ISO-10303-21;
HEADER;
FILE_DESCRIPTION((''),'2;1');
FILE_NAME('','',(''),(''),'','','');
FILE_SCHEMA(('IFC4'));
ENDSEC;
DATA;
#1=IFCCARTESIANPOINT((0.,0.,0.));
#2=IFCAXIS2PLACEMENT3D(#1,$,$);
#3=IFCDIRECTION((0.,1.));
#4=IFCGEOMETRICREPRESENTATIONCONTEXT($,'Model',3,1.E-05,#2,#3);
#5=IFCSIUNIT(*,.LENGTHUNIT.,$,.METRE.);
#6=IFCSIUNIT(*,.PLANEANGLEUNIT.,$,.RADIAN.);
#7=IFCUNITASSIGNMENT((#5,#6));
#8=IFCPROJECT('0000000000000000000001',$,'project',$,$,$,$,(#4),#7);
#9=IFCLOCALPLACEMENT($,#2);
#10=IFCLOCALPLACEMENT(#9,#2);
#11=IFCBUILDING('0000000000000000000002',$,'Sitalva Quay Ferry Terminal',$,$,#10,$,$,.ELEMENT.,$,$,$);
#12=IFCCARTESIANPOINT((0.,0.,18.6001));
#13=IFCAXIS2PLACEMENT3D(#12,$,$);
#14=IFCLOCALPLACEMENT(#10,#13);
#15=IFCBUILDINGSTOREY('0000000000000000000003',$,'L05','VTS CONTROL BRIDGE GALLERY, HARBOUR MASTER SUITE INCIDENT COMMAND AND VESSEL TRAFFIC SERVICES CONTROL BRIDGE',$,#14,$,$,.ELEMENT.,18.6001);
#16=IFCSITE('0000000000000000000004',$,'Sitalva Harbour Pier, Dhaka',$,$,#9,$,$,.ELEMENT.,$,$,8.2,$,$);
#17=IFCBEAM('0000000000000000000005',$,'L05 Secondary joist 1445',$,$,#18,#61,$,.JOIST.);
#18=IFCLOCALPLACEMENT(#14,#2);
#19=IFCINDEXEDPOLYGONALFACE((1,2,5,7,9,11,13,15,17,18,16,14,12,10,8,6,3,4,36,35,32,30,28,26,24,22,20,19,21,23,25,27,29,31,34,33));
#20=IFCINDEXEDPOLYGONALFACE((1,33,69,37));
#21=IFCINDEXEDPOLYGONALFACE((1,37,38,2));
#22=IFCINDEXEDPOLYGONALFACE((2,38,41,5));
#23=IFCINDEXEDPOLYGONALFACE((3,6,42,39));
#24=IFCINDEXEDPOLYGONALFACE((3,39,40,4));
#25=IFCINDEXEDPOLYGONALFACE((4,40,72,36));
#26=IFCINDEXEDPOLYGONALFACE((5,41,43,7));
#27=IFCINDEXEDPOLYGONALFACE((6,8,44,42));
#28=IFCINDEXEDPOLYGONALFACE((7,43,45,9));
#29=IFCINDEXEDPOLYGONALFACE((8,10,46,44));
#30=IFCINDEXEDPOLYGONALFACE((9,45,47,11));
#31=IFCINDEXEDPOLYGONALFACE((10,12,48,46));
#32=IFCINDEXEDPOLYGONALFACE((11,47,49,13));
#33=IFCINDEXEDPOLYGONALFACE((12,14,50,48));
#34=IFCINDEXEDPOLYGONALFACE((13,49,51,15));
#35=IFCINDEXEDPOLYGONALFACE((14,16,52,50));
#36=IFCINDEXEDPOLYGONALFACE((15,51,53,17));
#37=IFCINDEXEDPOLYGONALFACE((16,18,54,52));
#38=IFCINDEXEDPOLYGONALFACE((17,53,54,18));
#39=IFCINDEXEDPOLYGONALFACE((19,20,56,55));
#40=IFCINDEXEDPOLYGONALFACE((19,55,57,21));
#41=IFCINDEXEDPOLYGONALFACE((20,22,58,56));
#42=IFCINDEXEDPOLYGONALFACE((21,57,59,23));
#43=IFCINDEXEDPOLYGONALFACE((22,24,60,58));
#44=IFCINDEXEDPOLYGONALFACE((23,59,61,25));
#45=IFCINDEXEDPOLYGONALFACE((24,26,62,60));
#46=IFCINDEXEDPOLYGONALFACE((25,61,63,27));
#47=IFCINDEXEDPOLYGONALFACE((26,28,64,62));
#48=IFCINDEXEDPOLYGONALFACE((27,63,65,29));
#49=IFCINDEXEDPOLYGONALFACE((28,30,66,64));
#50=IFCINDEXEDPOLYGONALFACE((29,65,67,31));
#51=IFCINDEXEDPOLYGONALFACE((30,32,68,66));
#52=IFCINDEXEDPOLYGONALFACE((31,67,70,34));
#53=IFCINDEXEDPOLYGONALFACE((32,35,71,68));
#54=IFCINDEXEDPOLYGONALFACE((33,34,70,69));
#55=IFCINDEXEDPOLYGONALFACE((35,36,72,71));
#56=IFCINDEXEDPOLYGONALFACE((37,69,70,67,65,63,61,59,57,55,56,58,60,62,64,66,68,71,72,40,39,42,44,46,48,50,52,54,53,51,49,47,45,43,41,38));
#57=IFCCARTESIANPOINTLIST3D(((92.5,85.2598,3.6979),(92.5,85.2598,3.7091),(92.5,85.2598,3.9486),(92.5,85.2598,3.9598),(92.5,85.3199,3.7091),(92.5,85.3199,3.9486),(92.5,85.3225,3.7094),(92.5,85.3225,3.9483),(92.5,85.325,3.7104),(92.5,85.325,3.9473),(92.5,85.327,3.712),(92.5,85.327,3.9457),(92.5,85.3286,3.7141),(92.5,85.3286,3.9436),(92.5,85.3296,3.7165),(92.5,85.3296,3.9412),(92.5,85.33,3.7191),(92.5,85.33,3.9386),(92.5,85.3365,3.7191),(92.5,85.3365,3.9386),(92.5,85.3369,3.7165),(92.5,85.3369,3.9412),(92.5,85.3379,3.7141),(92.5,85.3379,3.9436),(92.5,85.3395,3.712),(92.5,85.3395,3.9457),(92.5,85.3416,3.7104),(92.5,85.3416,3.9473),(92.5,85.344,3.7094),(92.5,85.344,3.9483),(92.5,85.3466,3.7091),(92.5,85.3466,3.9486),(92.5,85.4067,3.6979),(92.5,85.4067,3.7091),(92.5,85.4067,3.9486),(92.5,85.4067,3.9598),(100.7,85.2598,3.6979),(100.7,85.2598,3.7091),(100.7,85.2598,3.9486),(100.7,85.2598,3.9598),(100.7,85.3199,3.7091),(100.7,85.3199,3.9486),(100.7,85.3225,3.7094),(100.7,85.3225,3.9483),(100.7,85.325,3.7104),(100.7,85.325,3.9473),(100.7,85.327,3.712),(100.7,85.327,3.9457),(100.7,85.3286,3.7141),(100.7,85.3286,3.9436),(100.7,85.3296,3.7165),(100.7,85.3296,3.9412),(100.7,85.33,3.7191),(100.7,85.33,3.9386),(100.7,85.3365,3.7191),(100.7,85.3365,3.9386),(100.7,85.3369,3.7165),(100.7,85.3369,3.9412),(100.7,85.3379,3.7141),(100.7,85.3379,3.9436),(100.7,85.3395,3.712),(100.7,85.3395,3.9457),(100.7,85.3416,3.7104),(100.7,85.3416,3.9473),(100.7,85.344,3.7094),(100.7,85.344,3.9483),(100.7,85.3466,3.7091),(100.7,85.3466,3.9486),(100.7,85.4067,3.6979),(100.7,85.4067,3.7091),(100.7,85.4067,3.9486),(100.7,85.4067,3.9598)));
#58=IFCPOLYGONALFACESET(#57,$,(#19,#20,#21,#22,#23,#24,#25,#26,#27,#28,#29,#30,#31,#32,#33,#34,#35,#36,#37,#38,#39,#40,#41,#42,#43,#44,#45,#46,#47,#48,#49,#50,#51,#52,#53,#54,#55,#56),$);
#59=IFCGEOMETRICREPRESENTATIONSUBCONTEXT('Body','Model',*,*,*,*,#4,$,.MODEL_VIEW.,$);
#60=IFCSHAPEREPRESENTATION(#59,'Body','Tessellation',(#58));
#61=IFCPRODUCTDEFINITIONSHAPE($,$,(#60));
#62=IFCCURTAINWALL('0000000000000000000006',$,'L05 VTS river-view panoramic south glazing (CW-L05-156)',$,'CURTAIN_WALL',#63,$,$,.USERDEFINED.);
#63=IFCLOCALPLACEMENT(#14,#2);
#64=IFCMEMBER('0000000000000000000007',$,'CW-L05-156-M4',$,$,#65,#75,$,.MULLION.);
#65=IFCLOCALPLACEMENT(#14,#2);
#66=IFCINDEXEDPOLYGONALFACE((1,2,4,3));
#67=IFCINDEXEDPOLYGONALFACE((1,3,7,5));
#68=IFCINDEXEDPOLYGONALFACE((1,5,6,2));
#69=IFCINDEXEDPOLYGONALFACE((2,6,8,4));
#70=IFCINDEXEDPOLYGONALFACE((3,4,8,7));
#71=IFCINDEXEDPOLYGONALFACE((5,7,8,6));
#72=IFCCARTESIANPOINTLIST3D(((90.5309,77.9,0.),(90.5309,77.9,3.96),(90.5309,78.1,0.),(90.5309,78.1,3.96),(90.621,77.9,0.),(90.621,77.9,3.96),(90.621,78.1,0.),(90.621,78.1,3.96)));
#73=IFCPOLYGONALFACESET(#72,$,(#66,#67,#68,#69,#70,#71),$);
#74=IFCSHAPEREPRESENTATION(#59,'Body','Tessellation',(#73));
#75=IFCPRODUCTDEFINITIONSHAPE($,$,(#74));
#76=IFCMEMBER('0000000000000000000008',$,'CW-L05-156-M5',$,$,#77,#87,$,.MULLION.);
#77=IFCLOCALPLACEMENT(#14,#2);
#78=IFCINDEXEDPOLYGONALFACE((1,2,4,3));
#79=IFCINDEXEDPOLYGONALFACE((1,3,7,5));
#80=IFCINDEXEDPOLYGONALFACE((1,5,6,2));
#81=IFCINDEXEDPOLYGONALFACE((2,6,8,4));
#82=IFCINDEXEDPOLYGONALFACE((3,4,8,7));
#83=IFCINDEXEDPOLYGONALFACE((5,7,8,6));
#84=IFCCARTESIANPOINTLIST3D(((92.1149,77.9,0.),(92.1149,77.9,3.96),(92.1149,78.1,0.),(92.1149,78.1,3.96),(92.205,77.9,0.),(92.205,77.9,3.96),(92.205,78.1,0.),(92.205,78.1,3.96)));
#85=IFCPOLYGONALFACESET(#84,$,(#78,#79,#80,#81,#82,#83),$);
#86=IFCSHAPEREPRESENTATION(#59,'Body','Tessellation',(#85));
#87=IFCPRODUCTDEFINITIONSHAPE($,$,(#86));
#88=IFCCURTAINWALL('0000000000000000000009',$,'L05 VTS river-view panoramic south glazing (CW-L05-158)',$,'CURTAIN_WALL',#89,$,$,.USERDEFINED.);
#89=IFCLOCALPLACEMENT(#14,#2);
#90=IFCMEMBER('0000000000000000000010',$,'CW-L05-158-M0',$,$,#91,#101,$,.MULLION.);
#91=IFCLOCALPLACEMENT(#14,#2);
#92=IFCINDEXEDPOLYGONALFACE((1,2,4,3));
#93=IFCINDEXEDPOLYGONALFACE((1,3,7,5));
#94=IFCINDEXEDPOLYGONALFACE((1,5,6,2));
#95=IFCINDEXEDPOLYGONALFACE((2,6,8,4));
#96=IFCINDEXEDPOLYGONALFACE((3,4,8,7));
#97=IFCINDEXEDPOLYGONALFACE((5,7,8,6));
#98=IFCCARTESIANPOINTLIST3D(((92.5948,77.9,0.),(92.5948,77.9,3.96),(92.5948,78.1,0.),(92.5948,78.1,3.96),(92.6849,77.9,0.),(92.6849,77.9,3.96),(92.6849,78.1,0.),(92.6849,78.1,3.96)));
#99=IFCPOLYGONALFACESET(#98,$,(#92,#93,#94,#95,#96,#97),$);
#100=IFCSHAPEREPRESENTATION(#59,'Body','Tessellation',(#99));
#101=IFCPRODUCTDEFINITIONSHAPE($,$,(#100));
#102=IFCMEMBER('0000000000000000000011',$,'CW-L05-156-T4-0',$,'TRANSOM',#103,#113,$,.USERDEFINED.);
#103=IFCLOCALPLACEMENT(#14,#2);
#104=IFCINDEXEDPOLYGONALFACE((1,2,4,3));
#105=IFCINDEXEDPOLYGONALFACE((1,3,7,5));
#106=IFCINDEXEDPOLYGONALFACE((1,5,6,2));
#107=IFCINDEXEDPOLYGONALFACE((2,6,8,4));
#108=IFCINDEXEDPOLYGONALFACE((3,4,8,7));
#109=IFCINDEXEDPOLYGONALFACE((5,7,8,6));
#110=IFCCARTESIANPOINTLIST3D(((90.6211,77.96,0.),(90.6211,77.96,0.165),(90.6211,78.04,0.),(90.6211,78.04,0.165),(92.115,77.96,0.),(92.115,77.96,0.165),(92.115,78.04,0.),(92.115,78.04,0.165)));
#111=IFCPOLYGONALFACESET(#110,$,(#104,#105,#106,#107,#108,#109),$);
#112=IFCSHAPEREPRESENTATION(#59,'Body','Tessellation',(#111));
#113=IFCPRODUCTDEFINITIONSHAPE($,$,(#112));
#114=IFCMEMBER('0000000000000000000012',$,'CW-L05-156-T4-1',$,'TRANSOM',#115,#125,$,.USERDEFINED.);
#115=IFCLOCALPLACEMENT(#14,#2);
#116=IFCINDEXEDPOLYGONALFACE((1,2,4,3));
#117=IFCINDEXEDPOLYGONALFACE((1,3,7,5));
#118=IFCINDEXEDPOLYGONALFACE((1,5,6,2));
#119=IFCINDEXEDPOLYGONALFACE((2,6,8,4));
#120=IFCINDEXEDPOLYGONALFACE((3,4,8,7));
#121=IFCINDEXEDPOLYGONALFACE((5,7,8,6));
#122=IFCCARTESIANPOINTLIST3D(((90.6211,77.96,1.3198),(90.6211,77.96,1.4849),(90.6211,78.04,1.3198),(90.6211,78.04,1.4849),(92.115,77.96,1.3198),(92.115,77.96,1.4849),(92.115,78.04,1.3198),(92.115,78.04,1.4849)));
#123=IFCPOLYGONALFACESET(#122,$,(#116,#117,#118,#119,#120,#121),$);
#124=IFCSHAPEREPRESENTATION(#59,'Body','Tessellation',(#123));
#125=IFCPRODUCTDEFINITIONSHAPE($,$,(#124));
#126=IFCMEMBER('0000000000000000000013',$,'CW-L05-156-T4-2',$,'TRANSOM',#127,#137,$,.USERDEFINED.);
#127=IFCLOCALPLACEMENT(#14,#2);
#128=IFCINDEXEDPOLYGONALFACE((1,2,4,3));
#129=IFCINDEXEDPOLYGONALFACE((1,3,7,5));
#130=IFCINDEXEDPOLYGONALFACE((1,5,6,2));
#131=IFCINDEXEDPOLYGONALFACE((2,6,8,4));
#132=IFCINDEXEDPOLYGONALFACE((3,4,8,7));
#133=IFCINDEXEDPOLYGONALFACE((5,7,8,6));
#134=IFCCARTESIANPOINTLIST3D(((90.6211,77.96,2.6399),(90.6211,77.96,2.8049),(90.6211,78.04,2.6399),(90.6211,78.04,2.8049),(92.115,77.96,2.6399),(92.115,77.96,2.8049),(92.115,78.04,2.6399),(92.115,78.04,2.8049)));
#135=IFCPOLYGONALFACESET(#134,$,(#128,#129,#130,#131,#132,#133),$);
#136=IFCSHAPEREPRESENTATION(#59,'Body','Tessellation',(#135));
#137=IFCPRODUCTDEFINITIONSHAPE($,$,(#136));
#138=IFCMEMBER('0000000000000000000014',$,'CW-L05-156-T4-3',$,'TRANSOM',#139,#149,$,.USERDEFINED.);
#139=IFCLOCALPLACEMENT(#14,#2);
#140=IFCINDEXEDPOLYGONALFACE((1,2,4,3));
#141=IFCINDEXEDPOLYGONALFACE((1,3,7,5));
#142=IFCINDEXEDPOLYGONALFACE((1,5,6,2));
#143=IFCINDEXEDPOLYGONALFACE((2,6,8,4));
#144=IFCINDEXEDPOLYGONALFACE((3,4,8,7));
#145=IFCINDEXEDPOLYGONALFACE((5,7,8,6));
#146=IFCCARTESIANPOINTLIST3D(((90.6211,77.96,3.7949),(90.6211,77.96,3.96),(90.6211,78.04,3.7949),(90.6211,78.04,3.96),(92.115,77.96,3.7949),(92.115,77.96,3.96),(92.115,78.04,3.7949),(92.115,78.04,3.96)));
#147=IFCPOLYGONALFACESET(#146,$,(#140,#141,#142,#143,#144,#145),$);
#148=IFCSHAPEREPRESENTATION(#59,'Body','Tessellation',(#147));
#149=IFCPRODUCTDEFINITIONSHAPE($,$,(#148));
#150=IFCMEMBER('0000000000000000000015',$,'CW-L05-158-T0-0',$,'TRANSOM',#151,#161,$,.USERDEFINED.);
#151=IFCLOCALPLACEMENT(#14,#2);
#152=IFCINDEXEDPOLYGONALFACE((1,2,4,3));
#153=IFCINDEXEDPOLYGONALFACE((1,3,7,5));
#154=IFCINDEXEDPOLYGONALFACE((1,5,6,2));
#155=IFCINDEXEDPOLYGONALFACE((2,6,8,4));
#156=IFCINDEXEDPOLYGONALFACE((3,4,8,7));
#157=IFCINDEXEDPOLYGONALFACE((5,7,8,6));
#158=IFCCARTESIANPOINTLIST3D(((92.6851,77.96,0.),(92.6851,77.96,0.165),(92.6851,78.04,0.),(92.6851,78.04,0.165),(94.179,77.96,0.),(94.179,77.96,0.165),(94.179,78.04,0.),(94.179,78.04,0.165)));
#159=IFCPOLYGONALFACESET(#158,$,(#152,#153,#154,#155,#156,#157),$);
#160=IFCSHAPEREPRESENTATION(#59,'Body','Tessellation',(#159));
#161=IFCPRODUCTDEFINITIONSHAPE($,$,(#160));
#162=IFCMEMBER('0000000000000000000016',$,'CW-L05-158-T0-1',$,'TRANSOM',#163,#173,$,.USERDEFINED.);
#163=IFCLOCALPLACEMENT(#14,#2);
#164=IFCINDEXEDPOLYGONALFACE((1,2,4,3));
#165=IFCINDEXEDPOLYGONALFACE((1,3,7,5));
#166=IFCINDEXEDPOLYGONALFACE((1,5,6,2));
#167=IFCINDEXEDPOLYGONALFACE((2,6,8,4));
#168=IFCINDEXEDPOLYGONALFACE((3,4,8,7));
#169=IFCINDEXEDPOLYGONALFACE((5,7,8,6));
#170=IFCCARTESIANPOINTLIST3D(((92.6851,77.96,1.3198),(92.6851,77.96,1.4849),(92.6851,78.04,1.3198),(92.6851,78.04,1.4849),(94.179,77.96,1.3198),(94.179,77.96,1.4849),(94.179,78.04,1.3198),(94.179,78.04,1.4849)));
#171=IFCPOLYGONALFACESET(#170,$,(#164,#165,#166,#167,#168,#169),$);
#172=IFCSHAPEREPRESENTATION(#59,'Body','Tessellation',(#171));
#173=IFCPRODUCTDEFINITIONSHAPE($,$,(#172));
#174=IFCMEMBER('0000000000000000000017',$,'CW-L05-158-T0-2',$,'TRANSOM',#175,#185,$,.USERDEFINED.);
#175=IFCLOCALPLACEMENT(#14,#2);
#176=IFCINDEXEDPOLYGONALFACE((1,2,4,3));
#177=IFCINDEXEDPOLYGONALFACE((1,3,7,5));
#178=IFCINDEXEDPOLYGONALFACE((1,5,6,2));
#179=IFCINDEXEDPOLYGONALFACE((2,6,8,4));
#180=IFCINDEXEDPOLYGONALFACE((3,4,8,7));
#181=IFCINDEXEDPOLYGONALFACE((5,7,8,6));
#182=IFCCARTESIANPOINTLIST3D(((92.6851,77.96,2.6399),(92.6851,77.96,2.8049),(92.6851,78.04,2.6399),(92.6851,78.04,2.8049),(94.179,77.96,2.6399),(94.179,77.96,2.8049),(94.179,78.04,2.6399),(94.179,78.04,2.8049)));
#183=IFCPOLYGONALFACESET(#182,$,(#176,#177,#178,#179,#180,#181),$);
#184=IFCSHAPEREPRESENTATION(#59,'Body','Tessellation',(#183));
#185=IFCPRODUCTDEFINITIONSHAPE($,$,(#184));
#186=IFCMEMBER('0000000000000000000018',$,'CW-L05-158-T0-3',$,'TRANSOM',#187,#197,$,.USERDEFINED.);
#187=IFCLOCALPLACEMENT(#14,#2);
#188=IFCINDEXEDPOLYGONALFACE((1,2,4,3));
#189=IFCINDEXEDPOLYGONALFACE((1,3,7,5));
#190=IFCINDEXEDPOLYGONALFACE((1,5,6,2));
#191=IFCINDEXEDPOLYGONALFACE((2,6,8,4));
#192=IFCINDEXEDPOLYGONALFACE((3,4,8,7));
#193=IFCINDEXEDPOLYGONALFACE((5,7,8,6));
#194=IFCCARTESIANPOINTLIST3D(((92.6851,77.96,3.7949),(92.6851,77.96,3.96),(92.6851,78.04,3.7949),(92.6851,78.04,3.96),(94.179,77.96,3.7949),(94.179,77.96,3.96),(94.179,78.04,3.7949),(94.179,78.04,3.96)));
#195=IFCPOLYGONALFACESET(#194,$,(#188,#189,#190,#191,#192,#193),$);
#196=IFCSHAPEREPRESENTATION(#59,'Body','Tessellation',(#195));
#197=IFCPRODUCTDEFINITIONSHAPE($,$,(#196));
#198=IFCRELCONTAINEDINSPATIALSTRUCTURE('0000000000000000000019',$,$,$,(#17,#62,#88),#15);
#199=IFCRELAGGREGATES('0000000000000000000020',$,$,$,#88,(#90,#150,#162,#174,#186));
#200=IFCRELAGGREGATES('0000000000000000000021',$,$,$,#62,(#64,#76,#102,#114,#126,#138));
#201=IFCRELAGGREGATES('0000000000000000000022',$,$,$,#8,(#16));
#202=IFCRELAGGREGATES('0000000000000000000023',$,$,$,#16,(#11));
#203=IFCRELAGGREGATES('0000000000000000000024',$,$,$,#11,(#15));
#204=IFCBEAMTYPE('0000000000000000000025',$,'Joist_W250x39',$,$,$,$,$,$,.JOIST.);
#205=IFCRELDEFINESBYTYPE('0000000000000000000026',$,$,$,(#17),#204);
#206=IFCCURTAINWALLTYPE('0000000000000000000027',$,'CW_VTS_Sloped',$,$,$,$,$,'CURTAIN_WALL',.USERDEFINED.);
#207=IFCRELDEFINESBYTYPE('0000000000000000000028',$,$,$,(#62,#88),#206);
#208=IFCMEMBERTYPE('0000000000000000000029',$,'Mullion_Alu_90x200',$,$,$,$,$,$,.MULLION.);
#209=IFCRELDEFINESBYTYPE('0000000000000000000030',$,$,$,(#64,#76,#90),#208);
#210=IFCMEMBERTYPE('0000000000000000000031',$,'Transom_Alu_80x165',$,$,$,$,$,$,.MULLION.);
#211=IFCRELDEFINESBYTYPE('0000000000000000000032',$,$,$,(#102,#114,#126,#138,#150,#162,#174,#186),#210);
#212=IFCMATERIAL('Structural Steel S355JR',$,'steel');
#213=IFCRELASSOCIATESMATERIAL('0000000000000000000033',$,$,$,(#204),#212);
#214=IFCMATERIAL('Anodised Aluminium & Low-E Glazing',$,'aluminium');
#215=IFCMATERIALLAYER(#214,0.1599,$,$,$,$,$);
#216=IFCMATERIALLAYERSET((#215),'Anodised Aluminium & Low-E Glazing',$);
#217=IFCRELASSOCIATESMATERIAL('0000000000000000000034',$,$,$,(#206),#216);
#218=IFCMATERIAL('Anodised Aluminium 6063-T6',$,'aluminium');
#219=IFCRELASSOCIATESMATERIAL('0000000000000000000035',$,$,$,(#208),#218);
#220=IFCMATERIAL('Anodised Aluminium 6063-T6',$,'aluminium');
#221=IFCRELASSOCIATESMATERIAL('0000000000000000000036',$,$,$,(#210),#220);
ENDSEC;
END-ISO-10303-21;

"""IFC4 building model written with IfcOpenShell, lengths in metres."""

from ifc_helpers import new_model, si_unit, direction, frame, origin, origin_2d, place, context, subcontext, project, spatial, rectangle, i_section, extrude, material, layer, layer_set, material_profile, profile_set, type_object, element, aggregate, save


model = new_model("IFC4")

# Units and contexts
model_context = context("Model", 3, precision=1e-05, world=origin(), true_north=direction((0.0, 1.0)))
body_context = subcontext(model_context, "Body", "Model", "MODEL_VIEW")
ifc_project = project(units=[si_unit("LENGTHUNIT", "METRE"), si_unit("PLANEANGLEUNIT", "RADIAN")], contexts=[model_context])

# Site, building, storey
site_placement = place(None, origin())
site = spatial("IfcSite", under=ifc_project, at=site_placement, Name="Sitalva Harbour Pier, Dhaka", CompositionType="ELEMENT", RefElevation=8.2)
building_placement = place(site_placement, origin())
building = spatial("IfcBuilding", under=site, at=building_placement, Name="Sitalva Quay Ferry Terminal", CompositionType="ELEMENT")
storey_placement = place(building_placement, frame((0.0, 0.0, 18.6001)))
storey = spatial("IfcBuildingStorey", under=building, at=storey_placement, Name="L05", Description="VTS CONTROL BRIDGE GALLERY, HARBOUR MASTER SUITE INCIDENT COMMAND AND VESSEL TRAFFIC SERVICES CONTROL BRIDGE", CompositionType="ELEMENT", Elevation=18.6001)

# Beam
ifc_material_1 = material(Name="Structural Steel S355JR", Category="steel")
ifc_material_profile_1 = material_profile(ifc_material_1, i_section(OverallWidth=0.147, OverallDepth=0.262, WebThickness=0.0066, FlangeThickness=0.0112, FilletRadius=0.01, at=origin_2d()), Name="W250x39")
ifc_profile_set_1 = profile_set([ifc_material_profile_1], Name="Structural Steel S355JR")
beam_type_1 = type_object("IfcBeamType", Name="Joist_W250x39", PredefinedType="JOIST", material=ifc_profile_set_1)
for number, where, z_axis, x_axis, name in (
    (1, (92.5, 85.3333, 3.8289), (1.0, 0.0, 0.0), (0.0, 1.0, 0.0), "L05 Secondary joist 1445"),
):
    element("IfcBeam", number, at=place(storey_placement, frame(where, z_axis=z_axis, x_axis=x_axis)), inside=storey, type_object=beam_type_1, Name=name, PredefinedType="JOIST", context=body_context, shape_type="SweptSolid", body=[
        extrude(i_section(OverallWidth=0.147, OverallDepth=0.262, WebThickness=0.0066, FlangeThickness=0.0112, FilletRadius=0.01, at=origin_2d()), origin(), (0.0, 0.0, 1.0), 8.2),
    ])

# Curtain wall, members
ifc_material_2 = material(Name="Anodised Aluminium & Low-E Glazing", Category="aluminium")
ifc_layer_1 = layer(ifc_material_2, 0.1599)
ifc_layer_set_1 = layer_set([ifc_layer_1], Name="Anodised Aluminium & Low-E Glazing")
curtain_wall_type = type_object("IfcCurtainWallType", Name="CW_VTS_Sloped", ElementType="CURTAIN_WALL", PredefinedType="USERDEFINED", material=ifc_layer_set_1)
curtain_wall_1_placement = place(storey_placement, origin())
curtain_wall_1 = element("IfcCurtainWall", 2, at=curtain_wall_1_placement, inside=storey, type_object=curtain_wall_type, Name="L05 VTS river-view panoramic south glazing (CW-L05-156)", ObjectType="CURTAIN_WALL", PredefinedType="USERDEFINED")
ifc_material_3 = material(Name="Anodised Aluminium 6063-T6", Category="aluminium")
ifc_material_profile_2 = material_profile(ifc_material_3, rectangle(XDim=0.0901, YDim=0.2, at=origin_2d()), Name="ALU90x200")
ifc_profile_set_2 = profile_set([ifc_material_profile_2], Name="Anodised Aluminium 6063-T6")
member_type_1 = type_object("IfcMemberType", Name="Mullion_Alu_90x200", PredefinedType="MULLION", material=ifc_profile_set_2)
member_1_placement = place(storey_placement, frame((90.5759, 78.0, 0.0), z_axis=(0.0, 0.0, 1.0), x_axis=(1.0, 0.0, 0.0)))
member_1 = element("IfcMember", 3, at=member_1_placement, type_object=member_type_1, Name="CW-L05-156-M4", PredefinedType="MULLION", context=body_context, shape_type="SweptSolid", body=[
    extrude(rectangle(XDim=0.0901, YDim=0.2, at=origin_2d()), origin(), (0.0, 0.0, 1.0), 3.96),
])
member_2_placement = place(storey_placement, frame((92.1599, 78.0, 0.0), z_axis=(0.0, 0.0, 1.0), x_axis=(1.0, 0.0, 0.0)))
member_2 = element("IfcMember", 4, at=member_2_placement, type_object=member_type_1, Name="CW-L05-156-M5", PredefinedType="MULLION", context=body_context, shape_type="SweptSolid", body=[
    extrude(rectangle(XDim=0.0901, YDim=0.2, at=origin_2d()), origin(), (0.0, 0.0, 1.0), 3.96),
])

# Curtain wall, member
curtain_wall_2_placement = place(storey_placement, origin())
curtain_wall_2 = element("IfcCurtainWall", 5, at=curtain_wall_2_placement, inside=storey, type_object=curtain_wall_type, Name="L05 VTS river-view panoramic south glazing (CW-L05-158)", ObjectType="CURTAIN_WALL", PredefinedType="USERDEFINED")
member_3_placement = place(storey_placement, frame((92.6399, 78.0, 0.0), z_axis=(0.0, 0.0, 1.0), x_axis=(1.0, 0.0, 0.0)))
member_3 = element("IfcMember", 6, at=member_3_placement, type_object=member_type_1, Name="CW-L05-158-M0", PredefinedType="MULLION", context=body_context, shape_type="SweptSolid", body=[
    extrude(rectangle(XDim=0.0901, YDim=0.2, at=origin_2d()), origin(), (0.0, 0.0, 1.0), 3.96),
])

# Members
ifc_material_4 = material(Name="Anodised Aluminium 6063-T6", Category="aluminium")
ifc_material_profile_3 = material_profile(ifc_material_4, rectangle(XDim=0.0801, YDim=0.165, at=origin_2d()), Name="ALU80x165")
ifc_profile_set_3 = profile_set([ifc_material_profile_3], Name="Anodised Aluminium 6063-T6")
member_type_2 = type_object("IfcMemberType", Name="Transom_Alu_80x165", PredefinedType="MULLION", material=ifc_profile_set_3)
member_4_placement = place(storey_placement, frame((90.6211, 78.0, 0.0825), z_axis=(1.0, 0.0, 0.0), x_axis=(0.0, 1.0, 0.0)))
member_4 = element("IfcMember", 7, at=member_4_placement, type_object=member_type_2, Name="CW-L05-156-T4-0", ObjectType="TRANSOM", PredefinedType="USERDEFINED", context=body_context, shape_type="SweptSolid", body=[
    extrude(rectangle(XDim=0.0801, YDim=0.165, at=origin_2d()), origin(), (0.0, 0.0, 1.0), 1.4939),
])
member_5_placement = place(storey_placement, frame((90.6211, 78.0, 1.4023), z_axis=(1.0, 0.0, 0.0), x_axis=(0.0, 1.0, 0.0)))
member_5 = element("IfcMember", 8, at=member_5_placement, type_object=member_type_2, Name="CW-L05-156-T4-1", ObjectType="TRANSOM", PredefinedType="USERDEFINED", context=body_context, shape_type="SweptSolid", body=[
    extrude(rectangle(XDim=0.0801, YDim=0.165, at=origin_2d()), origin(), (0.0, 0.0, 1.0), 1.4939),
])
member_6_placement = place(storey_placement, frame((90.6211, 78.0, 2.7224), z_axis=(1.0, 0.0, 0.0), x_axis=(0.0, 1.0, 0.0)))
member_6 = element("IfcMember", 9, at=member_6_placement, type_object=member_type_2, Name="CW-L05-156-T4-2", ObjectType="TRANSOM", PredefinedType="USERDEFINED", context=body_context, shape_type="SweptSolid", body=[
    extrude(rectangle(XDim=0.0801, YDim=0.165, at=origin_2d()), origin(), (0.0, 0.0, 1.0), 1.4939),
])
member_7_placement = place(storey_placement, frame((90.6211, 78.0, 3.8774), z_axis=(1.0, 0.0, 0.0), x_axis=(0.0, 1.0, 0.0)))
member_7 = element("IfcMember", 10, at=member_7_placement, type_object=member_type_2, Name="CW-L05-156-T4-3", ObjectType="TRANSOM", PredefinedType="USERDEFINED", context=body_context, shape_type="SweptSolid", body=[
    extrude(rectangle(XDim=0.0801, YDim=0.165, at=origin_2d()), origin(), (0.0, 0.0, 1.0), 1.4939),
])
member_8_placement = place(storey_placement, frame((92.6851, 78.0, 0.0825), z_axis=(1.0, 0.0, 0.0), x_axis=(0.0, 1.0, 0.0)))
member_8 = element("IfcMember", 11, at=member_8_placement, type_object=member_type_2, Name="CW-L05-158-T0-0", ObjectType="TRANSOM", PredefinedType="USERDEFINED", context=body_context, shape_type="SweptSolid", body=[
    extrude(rectangle(XDim=0.0801, YDim=0.165, at=origin_2d()), origin(), (0.0, 0.0, 1.0), 1.4939),
])
member_9_placement = place(storey_placement, frame((92.6851, 78.0, 1.4023), z_axis=(1.0, 0.0, 0.0), x_axis=(0.0, 1.0, 0.0)))
member_9 = element("IfcMember", 12, at=member_9_placement, type_object=member_type_2, Name="CW-L05-158-T0-1", ObjectType="TRANSOM", PredefinedType="USERDEFINED", context=body_context, shape_type="SweptSolid", body=[
    extrude(rectangle(XDim=0.0801, YDim=0.165, at=origin_2d()), origin(), (0.0, 0.0, 1.0), 1.4939),
])
member_10_placement = place(storey_placement, frame((92.6851, 78.0, 2.7224), z_axis=(1.0, 0.0, 0.0), x_axis=(0.0, 1.0, 0.0)))
member_10 = element("IfcMember", 13, at=member_10_placement, type_object=member_type_2, Name="CW-L05-158-T0-2", ObjectType="TRANSOM", PredefinedType="USERDEFINED", context=body_context, shape_type="SweptSolid", body=[
    extrude(rectangle(XDim=0.0801, YDim=0.165, at=origin_2d()), origin(), (0.0, 0.0, 1.0), 1.4939),
])
member_11_placement = place(storey_placement, frame((92.6851, 78.0, 3.8774), z_axis=(1.0, 0.0, 0.0), x_axis=(0.0, 1.0, 0.0)))
member_11 = element("IfcMember", 14, at=member_11_placement, type_object=member_type_2, Name="CW-L05-158-T0-3", ObjectType="TRANSOM", PredefinedType="USERDEFINED", context=body_context, shape_type="SweptSolid", body=[
    extrude(rectangle(XDim=0.0801, YDim=0.165, at=origin_2d()), origin(), (0.0, 0.0, 1.0), 1.4939),
])
aggregate(curtain_wall_2, [member_3, member_8, member_9, member_10, member_11])

aggregate(curtain_wall_1, [member_1, member_2, member_4, member_5, member_6, member_7])

save(model, "model.ifc")
